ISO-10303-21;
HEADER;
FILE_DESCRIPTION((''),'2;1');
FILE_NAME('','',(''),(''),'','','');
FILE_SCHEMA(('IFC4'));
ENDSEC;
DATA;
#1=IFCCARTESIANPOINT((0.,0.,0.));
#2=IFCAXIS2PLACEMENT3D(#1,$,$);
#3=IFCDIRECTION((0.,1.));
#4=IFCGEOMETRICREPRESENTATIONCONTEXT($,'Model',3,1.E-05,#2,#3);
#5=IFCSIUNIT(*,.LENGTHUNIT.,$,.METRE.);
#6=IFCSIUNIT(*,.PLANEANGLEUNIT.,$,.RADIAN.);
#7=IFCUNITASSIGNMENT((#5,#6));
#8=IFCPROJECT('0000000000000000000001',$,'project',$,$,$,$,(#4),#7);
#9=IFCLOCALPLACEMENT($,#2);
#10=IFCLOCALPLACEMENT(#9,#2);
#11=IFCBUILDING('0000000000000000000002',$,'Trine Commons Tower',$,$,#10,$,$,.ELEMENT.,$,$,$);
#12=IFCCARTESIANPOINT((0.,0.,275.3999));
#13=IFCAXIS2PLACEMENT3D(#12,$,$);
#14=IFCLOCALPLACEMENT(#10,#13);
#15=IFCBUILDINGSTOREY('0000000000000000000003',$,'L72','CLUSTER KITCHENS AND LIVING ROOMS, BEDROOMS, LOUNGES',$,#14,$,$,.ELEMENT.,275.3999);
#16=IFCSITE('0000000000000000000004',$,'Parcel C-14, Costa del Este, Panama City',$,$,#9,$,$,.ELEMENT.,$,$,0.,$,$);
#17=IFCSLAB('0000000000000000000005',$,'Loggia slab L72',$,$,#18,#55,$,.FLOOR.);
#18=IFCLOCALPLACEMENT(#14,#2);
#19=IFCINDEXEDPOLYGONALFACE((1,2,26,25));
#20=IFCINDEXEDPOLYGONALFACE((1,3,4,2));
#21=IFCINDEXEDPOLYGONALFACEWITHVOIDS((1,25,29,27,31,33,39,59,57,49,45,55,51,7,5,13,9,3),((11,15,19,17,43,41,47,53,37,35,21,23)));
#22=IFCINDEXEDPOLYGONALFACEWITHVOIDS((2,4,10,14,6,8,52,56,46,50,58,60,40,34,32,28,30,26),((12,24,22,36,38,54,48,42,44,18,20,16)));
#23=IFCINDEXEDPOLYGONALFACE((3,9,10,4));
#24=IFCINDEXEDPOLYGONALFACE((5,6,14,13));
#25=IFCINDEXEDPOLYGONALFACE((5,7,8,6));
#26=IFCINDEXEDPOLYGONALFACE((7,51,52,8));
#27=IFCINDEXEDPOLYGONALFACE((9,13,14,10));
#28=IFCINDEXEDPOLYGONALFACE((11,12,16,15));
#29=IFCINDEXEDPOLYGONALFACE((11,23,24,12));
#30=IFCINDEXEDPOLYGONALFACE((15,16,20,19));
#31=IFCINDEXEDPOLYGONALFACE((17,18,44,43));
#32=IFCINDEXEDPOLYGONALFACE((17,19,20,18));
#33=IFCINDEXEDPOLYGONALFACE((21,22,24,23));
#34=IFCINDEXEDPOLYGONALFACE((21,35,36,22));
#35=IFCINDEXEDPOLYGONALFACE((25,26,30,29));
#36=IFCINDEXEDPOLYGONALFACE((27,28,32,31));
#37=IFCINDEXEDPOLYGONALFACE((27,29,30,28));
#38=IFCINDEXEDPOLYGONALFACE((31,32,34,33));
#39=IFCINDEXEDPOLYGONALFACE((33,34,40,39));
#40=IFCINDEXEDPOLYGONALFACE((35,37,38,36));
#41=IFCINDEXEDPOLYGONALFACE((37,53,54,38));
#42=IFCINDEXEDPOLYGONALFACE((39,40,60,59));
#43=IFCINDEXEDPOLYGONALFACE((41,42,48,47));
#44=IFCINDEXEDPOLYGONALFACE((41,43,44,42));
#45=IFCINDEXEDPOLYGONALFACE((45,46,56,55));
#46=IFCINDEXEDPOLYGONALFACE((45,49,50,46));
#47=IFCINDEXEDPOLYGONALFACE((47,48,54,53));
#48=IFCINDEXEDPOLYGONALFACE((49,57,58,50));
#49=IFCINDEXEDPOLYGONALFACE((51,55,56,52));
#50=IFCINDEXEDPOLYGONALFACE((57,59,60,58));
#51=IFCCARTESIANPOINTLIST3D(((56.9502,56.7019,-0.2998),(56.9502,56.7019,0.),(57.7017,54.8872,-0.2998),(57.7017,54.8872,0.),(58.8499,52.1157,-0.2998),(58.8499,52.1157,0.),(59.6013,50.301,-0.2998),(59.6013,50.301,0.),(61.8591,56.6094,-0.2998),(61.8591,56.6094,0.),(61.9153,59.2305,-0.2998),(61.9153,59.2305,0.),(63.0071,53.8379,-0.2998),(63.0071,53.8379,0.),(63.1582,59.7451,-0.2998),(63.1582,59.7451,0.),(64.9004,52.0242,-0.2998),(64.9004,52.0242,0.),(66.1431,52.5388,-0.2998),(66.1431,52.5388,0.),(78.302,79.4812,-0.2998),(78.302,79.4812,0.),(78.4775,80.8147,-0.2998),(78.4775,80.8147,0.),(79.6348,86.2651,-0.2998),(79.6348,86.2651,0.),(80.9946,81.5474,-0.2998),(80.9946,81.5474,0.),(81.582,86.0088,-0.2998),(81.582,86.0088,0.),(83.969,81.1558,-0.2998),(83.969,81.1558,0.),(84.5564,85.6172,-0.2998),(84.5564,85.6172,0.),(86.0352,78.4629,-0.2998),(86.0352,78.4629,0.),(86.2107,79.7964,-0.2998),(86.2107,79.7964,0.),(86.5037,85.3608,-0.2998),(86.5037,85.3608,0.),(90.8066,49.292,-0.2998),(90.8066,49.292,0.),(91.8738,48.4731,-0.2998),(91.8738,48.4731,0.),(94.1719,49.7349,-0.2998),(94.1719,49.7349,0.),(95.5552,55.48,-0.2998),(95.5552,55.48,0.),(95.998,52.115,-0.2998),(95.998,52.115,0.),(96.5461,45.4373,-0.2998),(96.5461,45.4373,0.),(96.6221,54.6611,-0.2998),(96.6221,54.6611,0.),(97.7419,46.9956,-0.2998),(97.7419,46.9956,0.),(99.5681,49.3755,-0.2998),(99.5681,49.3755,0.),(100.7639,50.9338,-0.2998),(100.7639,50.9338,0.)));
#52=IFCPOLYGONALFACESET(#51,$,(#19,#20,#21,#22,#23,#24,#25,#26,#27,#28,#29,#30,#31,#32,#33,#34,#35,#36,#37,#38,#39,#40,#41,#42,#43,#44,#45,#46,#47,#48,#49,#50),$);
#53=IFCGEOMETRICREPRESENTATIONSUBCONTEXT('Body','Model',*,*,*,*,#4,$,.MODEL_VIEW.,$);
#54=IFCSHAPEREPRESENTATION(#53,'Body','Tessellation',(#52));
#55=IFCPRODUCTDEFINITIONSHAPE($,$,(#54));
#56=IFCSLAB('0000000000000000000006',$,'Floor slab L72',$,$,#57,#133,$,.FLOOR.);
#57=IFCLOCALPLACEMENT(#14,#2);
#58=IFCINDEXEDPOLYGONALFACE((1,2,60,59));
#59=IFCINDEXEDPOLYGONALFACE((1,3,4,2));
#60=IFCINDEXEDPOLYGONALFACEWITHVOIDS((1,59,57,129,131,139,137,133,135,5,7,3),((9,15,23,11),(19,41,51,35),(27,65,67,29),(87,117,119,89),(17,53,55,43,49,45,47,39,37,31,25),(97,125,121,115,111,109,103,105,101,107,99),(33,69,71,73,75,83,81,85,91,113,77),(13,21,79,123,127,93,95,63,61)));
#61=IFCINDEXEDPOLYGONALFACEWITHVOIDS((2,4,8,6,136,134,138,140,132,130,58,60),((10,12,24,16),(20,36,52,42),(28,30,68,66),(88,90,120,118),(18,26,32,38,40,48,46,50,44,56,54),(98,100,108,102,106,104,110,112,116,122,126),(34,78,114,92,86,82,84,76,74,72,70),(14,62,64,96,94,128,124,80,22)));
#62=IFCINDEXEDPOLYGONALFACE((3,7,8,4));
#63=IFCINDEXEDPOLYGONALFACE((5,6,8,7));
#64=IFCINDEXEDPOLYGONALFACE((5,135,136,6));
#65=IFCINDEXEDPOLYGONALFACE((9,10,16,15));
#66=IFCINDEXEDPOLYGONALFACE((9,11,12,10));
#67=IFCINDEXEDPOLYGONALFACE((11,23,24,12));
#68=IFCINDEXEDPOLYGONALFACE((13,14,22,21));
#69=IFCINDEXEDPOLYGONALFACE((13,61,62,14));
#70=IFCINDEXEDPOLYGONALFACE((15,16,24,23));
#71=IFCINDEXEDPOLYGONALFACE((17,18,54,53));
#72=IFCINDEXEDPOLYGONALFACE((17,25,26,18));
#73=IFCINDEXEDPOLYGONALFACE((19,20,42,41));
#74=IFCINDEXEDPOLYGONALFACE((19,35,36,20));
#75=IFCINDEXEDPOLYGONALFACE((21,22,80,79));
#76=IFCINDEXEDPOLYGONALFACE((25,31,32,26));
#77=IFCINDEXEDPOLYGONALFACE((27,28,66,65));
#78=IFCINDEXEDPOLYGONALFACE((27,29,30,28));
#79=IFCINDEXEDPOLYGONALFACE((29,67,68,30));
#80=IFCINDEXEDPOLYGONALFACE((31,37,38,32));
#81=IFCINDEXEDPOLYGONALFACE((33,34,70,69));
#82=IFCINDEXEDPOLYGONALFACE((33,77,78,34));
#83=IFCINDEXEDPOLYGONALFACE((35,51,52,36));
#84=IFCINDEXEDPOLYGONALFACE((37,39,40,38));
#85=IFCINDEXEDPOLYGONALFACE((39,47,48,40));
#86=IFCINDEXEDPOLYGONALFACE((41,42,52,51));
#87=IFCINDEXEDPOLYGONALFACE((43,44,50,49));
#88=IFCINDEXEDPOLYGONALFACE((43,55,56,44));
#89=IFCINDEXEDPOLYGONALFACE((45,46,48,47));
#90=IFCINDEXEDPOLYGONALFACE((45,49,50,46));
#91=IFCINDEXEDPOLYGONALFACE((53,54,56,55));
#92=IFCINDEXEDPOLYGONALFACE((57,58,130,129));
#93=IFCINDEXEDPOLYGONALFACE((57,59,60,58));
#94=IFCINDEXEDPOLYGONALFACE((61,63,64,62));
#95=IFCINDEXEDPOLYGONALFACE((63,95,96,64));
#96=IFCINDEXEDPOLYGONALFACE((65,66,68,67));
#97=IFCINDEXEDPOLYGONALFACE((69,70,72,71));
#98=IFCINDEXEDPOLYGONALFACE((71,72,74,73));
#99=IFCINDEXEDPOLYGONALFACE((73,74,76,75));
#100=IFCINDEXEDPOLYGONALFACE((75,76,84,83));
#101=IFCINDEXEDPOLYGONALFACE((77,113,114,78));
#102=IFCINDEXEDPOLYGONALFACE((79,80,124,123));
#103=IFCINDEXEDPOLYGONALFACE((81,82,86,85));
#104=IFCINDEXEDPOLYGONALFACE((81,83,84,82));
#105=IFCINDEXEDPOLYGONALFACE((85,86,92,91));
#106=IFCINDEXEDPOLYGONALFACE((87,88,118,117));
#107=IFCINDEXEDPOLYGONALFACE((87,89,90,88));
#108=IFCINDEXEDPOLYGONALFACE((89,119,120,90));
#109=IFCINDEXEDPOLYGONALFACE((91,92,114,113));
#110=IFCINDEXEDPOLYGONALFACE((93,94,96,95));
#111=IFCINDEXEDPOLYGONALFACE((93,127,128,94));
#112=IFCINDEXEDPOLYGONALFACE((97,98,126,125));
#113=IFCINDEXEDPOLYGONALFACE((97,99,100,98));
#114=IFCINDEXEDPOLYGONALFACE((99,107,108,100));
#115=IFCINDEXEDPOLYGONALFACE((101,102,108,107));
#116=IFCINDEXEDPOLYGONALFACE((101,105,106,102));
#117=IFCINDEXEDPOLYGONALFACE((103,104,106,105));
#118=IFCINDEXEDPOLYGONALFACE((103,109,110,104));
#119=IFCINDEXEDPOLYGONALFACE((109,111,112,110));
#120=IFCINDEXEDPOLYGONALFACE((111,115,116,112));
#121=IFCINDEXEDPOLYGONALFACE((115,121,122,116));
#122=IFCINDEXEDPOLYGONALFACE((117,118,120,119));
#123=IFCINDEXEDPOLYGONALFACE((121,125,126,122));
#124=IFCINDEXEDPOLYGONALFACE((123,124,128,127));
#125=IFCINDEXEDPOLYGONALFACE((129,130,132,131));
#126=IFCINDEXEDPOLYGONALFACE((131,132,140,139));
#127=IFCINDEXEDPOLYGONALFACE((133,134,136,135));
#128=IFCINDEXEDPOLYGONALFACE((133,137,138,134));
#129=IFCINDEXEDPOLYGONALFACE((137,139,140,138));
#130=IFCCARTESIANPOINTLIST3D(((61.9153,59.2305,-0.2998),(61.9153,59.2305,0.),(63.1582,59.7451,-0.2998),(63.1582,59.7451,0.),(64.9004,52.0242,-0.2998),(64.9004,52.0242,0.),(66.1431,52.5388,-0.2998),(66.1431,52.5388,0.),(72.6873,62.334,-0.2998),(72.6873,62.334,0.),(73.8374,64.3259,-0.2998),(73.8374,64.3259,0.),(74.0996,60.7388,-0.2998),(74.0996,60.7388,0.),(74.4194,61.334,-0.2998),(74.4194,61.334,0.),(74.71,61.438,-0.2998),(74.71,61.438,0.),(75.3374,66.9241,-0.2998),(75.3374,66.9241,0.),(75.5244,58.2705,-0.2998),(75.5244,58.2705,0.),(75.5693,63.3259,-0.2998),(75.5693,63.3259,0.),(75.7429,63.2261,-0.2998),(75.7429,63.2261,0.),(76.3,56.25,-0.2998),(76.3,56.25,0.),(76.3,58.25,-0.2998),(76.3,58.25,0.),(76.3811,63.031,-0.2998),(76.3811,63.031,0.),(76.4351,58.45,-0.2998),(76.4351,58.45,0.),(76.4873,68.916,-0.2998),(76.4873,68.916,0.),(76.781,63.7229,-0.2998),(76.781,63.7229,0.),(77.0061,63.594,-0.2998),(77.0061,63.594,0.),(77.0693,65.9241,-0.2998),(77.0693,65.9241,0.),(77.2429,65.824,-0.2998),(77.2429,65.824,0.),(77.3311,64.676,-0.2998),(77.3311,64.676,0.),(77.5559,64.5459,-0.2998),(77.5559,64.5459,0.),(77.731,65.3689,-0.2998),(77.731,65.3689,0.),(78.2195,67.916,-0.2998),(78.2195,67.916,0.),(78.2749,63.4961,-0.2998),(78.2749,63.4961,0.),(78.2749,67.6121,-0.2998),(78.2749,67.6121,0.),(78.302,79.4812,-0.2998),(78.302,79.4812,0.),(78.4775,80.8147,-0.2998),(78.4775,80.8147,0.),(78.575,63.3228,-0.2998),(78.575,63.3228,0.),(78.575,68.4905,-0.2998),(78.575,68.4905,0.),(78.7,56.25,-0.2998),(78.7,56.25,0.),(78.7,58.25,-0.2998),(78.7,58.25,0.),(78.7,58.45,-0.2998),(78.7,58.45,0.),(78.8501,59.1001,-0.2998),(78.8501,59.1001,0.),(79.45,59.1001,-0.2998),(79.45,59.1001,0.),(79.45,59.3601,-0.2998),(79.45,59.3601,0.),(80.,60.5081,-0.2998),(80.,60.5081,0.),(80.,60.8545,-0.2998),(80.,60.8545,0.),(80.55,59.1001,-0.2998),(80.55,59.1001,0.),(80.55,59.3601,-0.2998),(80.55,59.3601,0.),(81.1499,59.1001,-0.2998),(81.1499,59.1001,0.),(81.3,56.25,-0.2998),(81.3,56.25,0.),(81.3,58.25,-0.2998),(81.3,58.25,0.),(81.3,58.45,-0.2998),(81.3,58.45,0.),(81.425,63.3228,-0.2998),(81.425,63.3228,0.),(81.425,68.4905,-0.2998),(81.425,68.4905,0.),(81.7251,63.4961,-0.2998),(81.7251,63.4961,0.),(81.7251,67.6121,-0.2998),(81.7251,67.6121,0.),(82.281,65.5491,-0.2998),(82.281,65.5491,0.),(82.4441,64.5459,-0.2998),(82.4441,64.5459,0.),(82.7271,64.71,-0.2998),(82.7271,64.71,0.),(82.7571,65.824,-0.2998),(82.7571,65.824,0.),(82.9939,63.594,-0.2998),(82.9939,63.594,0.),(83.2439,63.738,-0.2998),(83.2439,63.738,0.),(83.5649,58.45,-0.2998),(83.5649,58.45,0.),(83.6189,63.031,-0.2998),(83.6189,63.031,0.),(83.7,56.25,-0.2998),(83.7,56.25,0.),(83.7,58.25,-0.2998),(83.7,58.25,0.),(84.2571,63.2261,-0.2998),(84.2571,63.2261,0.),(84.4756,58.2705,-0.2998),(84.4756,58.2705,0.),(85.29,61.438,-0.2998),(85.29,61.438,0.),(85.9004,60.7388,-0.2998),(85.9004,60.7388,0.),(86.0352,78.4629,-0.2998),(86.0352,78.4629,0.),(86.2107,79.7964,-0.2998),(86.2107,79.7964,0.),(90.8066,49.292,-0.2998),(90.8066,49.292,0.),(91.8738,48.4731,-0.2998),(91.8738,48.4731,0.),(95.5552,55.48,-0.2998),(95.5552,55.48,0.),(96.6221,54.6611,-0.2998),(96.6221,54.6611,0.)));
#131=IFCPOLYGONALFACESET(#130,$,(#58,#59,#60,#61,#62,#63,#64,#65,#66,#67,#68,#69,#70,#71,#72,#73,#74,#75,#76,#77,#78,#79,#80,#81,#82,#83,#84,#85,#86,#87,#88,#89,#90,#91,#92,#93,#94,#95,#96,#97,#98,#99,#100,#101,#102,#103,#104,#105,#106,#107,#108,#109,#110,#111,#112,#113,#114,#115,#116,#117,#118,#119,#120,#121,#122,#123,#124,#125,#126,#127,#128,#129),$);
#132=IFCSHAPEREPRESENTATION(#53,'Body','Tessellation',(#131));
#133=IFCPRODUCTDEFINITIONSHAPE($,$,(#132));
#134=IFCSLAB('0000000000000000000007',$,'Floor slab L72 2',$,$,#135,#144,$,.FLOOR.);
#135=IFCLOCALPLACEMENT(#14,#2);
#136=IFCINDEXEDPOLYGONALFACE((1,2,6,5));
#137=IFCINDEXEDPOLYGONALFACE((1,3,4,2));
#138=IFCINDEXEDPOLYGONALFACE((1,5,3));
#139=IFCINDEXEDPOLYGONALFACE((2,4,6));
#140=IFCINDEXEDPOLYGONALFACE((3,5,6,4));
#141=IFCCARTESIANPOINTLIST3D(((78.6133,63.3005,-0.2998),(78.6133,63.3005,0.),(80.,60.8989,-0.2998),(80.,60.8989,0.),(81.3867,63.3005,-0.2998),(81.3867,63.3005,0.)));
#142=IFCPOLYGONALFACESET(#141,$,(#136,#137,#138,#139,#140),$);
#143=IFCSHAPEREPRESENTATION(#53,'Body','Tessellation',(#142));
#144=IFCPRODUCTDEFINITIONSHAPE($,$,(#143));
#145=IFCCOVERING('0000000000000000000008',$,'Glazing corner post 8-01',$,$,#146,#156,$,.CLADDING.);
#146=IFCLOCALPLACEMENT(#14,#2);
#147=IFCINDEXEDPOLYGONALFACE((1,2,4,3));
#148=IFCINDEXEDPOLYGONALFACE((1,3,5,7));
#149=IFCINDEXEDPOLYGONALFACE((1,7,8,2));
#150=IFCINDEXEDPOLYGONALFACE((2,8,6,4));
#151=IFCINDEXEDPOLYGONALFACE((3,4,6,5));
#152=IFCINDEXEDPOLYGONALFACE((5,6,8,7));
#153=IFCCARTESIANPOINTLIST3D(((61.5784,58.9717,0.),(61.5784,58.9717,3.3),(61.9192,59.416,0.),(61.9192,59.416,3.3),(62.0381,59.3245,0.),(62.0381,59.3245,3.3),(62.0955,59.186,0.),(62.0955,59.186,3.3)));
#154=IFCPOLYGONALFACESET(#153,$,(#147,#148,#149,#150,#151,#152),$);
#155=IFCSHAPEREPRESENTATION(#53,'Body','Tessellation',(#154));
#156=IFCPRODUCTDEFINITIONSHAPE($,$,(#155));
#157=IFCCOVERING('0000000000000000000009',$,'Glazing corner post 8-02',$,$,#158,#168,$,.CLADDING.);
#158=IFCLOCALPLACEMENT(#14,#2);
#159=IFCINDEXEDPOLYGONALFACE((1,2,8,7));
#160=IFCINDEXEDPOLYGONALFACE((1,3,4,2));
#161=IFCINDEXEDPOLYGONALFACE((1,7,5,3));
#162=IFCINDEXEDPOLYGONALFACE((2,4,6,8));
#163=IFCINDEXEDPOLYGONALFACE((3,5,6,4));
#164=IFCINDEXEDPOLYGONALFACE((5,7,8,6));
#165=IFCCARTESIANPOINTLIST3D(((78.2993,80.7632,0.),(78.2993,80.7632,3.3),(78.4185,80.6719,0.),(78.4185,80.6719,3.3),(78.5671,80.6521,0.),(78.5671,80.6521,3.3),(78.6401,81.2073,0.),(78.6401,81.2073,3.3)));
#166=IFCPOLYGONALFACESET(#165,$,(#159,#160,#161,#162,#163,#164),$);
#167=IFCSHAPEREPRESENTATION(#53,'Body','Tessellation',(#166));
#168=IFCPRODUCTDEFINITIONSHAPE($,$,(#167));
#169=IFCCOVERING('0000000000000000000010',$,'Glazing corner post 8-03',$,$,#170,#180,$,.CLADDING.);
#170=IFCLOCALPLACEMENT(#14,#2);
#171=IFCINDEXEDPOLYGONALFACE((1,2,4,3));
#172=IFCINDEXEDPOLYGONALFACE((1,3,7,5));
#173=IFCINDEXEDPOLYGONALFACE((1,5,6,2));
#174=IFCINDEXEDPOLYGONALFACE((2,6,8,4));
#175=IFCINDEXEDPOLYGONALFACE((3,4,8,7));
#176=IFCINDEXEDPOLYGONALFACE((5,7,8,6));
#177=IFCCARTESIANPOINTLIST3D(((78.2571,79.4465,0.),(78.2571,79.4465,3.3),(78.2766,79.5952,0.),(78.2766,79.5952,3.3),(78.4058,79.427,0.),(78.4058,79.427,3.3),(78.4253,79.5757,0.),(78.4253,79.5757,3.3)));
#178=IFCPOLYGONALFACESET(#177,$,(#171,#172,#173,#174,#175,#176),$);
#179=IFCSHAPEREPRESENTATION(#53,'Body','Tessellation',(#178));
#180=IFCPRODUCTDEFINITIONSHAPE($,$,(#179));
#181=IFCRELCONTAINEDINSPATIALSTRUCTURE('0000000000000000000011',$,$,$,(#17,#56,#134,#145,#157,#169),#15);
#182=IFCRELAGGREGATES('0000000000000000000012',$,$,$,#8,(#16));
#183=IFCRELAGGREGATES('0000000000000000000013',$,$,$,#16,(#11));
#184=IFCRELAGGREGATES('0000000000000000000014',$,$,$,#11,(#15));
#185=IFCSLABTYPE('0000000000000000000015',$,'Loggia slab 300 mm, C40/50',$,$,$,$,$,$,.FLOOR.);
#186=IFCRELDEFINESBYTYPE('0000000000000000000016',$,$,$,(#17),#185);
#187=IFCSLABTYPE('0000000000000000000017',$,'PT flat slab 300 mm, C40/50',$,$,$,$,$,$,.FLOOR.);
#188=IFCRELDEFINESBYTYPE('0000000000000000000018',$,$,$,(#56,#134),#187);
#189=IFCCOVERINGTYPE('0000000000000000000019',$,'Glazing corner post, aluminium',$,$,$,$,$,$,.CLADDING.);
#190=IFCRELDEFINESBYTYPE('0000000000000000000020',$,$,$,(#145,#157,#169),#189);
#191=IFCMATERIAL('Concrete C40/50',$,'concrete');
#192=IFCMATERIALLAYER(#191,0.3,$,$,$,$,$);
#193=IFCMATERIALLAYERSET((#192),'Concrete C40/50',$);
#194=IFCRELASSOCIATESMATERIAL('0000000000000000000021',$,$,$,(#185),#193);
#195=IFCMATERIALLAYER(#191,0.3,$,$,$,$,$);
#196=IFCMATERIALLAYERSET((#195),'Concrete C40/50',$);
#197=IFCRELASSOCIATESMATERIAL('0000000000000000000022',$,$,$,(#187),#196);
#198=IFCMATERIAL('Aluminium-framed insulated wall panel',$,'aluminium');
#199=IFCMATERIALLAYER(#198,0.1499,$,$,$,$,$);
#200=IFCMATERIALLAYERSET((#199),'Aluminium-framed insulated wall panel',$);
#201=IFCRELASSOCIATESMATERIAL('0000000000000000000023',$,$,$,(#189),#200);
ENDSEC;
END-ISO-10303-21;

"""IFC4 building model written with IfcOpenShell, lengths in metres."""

from ifc_helpers import new_model, si_unit, direction, frame, origin, place, context, subcontext, project, spatial, polyline, outline, extrude, material, layer, layer_set, type_object, element, save


model = new_model("IFC4")

# Units and contexts
model_context = context("Model", 3, precision=1e-05, world=origin(), true_north=direction((0.0, 1.0)))
body_context = subcontext(model_context, "Body", "Model", "MODEL_VIEW")
ifc_project = project(units=[si_unit("LENGTHUNIT", "METRE"), si_unit("PLANEANGLEUNIT", "RADIAN")], contexts=[model_context])

# Site, building, storey
site_placement = place(None, origin())
site = spatial("IfcSite", under=ifc_project, at=site_placement, Name="Parcel C-14, Costa del Este, Panama City", CompositionType="ELEMENT", RefElevation=0.0)
building_placement = place(site_placement, origin())
building = spatial("IfcBuilding", under=site, at=building_placement, Name="Trine Commons Tower", CompositionType="ELEMENT")
storey_placement = place(building_placement, frame((0.0, 0.0, 275.3999)))
storey = spatial("IfcBuildingStorey", under=building, at=storey_placement, Name="L72", Description="CLUSTER KITCHENS AND LIVING ROOMS, BEDROOMS, LOUNGES", CompositionType="ELEMENT", Elevation=275.3999)

# Slabs
ifc_material_1 = material(Name="Concrete C40/50", Category="concrete")
ifc_layer_1 = layer(ifc_material_1, 0.3)
ifc_layer_set_1 = layer_set([ifc_layer_1], Name="Concrete C40/50")
slab_type_1 = type_object("IfcSlabType", Name="Loggia slab 300 mm, C40/50", PredefinedType="FLOOR", material=ifc_layer_set_1)
slab_1_placement = place(storey_placement, frame((0.0, 0.0, -0.2998)))
element("IfcSlab", 1, at=slab_1_placement, inside=storey, type_object=slab_type_1, Name="Loggia slab L72", PredefinedType="FLOOR", context=body_context, shape_type="SweptSolid", body=[
    extrude(outline(polyline([(100.7639, 50.9338), (86.5037, 85.3608), (84.5564, 85.6172), (83.969, 81.1558), (80.9946, 81.5474), (81.582, 86.0088), (79.6348, 86.2651), (56.9502, 56.7019), (57.7017, 54.8872), (61.8591, 56.6094), (63.0071, 53.8379), (58.8499, 52.1157), (59.6013, 50.301), (96.5461, 45.4373), (97.7419, 46.9956), (94.1719, 49.7349), (95.998, 52.115), (99.5681, 49.3755), (100.7639, 50.9338)]), holes=[polyline([(63.1582, 59.7451), (66.1431, 52.5388), (64.9004, 52.0242), (91.8738, 48.4731), (90.8066, 49.292), (95.5552, 55.48), (96.6221, 54.6611), (86.2107, 79.7964), (86.0352, 78.4629), (78.302, 79.4812), (78.4775, 80.8147), (61.9153, 59.2305), (63.1582, 59.7451)])]), origin(), (0.0, 0.0, 1.0), 0.2998),
])
ifc_layer_2 = layer(ifc_material_1, 0.3)
ifc_layer_set_2 = layer_set([ifc_layer_2], Name="Concrete C40/50")
slab_type_2 = type_object("IfcSlabType", Name="PT flat slab 300 mm, C40/50", PredefinedType="FLOOR", material=ifc_layer_set_2)
slab_2_placement = place(storey_placement, frame((0.0, 0.0, -0.2998)))
element("IfcSlab", 2, at=slab_2_placement, inside=storey, type_object=slab_type_2, Name="Floor slab L72", PredefinedType="FLOOR", context=body_context, shape_type="SweptSolid", body=[
    extrude(outline(polyline([(61.9153, 59.2305), (63.1582, 59.7451), (66.1431, 52.5388), (64.9004, 52.0242), (91.8738, 48.4731), (90.8066, 49.292), (95.5552, 55.48), (96.6221, 54.6611), (86.2107, 79.7964), (86.0352, 78.4629), (78.302, 79.4812), (78.4775, 80.8147), (61.9153, 59.2305)]), holes=[polyline([(78.7, 56.25), (78.7, 58.25), (76.3, 58.25), (76.3, 56.25), (78.7, 56.25)]), polyline([(83.7, 56.25), (83.7, 58.25), (81.3, 58.25), (81.3, 56.25), (83.7, 56.25)]), polyline([(81.3, 58.45), (83.5649, 58.45), (80.0, 60.5081), (76.4351, 58.45), (78.7, 58.45), (78.8501, 59.1001), (79.45, 59.1001), (79.45, 59.3601), (80.55, 59.3601), (80.55, 59.1001), (81.1499, 59.1001), (81.3, 58.45)]), polyline([(81.425, 63.3228), (81.425, 68.4905), (78.575, 68.4905), (78.575, 63.3228), (74.0996, 60.7388), (75.5244, 58.2705), (80.0, 60.8545), (84.4756, 58.2705), (85.9004, 60.7388), (81.425, 63.3228)]), polyline([(72.6873, 62.334), (74.4194, 61.334), (75.5693, 63.3259), (73.8374, 64.3259), (72.6873, 62.334)]), polyline([(76.3811, 63.031), (75.7429, 63.2261), (74.71, 61.438), (78.2749, 63.4961), (78.2749, 67.6121), (77.2429, 65.824), (77.731, 65.3689), (77.3311, 64.676), (77.5559, 64.5459), (77.0061, 63.594), (76.781, 63.7229), (76.3811, 63.031)]), polyline([(82.9939, 63.594), (82.4441, 64.5459), (82.7271, 64.71), (82.281, 65.5491), (82.7571, 65.824), (81.7251, 67.6121), (81.7251, 63.4961), (85.29, 61.438), (84.2571, 63.2261), (83.6189, 63.031), (83.2439, 63.738), (82.9939, 63.594)]), polyline([(76.4873, 68.916), (75.3374, 66.9241), (77.0693, 65.9241), (78.2195, 67.916), (76.4873, 68.916)])]), origin(), (0.0, 0.0, 1.0), 0.2998),
])
slab_3_placement = place(storey_placement, frame((0.0, 0.0, -0.2998)))
element("IfcSlab", 3, at=slab_3_placement, inside=storey, type_object=slab_type_2, Name="Floor slab L72 2", PredefinedType="FLOOR", context=body_context, shape_type="SweptSolid", body=[
    extrude(outline(polyline([(81.3867, 63.3005), (78.6133, 63.3005), (80.0, 60.8989), (81.3867, 63.3005)])), origin(), (0.0, 0.0, 1.0), 0.2998),
])

# Coverings
ifc_material_2 = material(Name="Aluminium-framed insulated wall panel", Category="aluminium")
ifc_layer_3 = layer(ifc_material_2, 0.1499)
ifc_layer_set_3 = layer_set([ifc_layer_3], Name="Aluminium-framed insulated wall panel")
covering_type_1 = type_object("IfcCoveringType", Name="Glazing corner post, aluminium", PredefinedType="CLADDING", material=ifc_layer_set_3)
covering_1_placement = place(storey_placement, origin())
element("IfcCovering", 4, at=covering_1_placement, inside=storey, type_object=covering_type_1, Name="Glazing corner post 8-01", PredefinedType="CLADDING", context=body_context, shape_type="SweptSolid", body=[
    extrude(outline(polyline([(62.0381, 59.3245), (61.9192, 59.416), (61.5784, 58.9717), (62.0955, 59.186), (62.0381, 59.3245), (62.0381, 59.3245)])), origin(), (0.0, 0.0, 1.0), 3.3),
])
covering_2_placement = place(storey_placement, origin())
element("IfcCovering", 5, at=covering_2_placement, inside=storey, type_object=covering_type_1, Name="Glazing corner post 8-02", PredefinedType="CLADDING", context=body_context, shape_type="SweptSolid", body=[
    extrude(outline(polyline([(78.4185, 80.6719), (78.5671, 80.6521), (78.6401, 81.2073), (78.2993, 80.7632), (78.4185, 80.6719), (78.4185, 80.6719)])), origin(), (0.0, 0.0, 1.0), 3.3),
])
covering_3_placement = place(storey_placement, origin())
element("IfcCovering", 6, at=covering_3_placement, inside=storey, type_object=covering_type_1, Name="Glazing corner post 8-03", PredefinedType="CLADDING", context=body_context, shape_type="SweptSolid", body=[
    extrude(outline(polyline([(78.4058, 79.427), (78.4253, 79.5757), (78.2766, 79.5952), (78.2571, 79.4465), (78.4058, 79.427)])), origin(), (0.0, 0.0, 1.0), 3.3),
])

save(model, "model.ifc")
